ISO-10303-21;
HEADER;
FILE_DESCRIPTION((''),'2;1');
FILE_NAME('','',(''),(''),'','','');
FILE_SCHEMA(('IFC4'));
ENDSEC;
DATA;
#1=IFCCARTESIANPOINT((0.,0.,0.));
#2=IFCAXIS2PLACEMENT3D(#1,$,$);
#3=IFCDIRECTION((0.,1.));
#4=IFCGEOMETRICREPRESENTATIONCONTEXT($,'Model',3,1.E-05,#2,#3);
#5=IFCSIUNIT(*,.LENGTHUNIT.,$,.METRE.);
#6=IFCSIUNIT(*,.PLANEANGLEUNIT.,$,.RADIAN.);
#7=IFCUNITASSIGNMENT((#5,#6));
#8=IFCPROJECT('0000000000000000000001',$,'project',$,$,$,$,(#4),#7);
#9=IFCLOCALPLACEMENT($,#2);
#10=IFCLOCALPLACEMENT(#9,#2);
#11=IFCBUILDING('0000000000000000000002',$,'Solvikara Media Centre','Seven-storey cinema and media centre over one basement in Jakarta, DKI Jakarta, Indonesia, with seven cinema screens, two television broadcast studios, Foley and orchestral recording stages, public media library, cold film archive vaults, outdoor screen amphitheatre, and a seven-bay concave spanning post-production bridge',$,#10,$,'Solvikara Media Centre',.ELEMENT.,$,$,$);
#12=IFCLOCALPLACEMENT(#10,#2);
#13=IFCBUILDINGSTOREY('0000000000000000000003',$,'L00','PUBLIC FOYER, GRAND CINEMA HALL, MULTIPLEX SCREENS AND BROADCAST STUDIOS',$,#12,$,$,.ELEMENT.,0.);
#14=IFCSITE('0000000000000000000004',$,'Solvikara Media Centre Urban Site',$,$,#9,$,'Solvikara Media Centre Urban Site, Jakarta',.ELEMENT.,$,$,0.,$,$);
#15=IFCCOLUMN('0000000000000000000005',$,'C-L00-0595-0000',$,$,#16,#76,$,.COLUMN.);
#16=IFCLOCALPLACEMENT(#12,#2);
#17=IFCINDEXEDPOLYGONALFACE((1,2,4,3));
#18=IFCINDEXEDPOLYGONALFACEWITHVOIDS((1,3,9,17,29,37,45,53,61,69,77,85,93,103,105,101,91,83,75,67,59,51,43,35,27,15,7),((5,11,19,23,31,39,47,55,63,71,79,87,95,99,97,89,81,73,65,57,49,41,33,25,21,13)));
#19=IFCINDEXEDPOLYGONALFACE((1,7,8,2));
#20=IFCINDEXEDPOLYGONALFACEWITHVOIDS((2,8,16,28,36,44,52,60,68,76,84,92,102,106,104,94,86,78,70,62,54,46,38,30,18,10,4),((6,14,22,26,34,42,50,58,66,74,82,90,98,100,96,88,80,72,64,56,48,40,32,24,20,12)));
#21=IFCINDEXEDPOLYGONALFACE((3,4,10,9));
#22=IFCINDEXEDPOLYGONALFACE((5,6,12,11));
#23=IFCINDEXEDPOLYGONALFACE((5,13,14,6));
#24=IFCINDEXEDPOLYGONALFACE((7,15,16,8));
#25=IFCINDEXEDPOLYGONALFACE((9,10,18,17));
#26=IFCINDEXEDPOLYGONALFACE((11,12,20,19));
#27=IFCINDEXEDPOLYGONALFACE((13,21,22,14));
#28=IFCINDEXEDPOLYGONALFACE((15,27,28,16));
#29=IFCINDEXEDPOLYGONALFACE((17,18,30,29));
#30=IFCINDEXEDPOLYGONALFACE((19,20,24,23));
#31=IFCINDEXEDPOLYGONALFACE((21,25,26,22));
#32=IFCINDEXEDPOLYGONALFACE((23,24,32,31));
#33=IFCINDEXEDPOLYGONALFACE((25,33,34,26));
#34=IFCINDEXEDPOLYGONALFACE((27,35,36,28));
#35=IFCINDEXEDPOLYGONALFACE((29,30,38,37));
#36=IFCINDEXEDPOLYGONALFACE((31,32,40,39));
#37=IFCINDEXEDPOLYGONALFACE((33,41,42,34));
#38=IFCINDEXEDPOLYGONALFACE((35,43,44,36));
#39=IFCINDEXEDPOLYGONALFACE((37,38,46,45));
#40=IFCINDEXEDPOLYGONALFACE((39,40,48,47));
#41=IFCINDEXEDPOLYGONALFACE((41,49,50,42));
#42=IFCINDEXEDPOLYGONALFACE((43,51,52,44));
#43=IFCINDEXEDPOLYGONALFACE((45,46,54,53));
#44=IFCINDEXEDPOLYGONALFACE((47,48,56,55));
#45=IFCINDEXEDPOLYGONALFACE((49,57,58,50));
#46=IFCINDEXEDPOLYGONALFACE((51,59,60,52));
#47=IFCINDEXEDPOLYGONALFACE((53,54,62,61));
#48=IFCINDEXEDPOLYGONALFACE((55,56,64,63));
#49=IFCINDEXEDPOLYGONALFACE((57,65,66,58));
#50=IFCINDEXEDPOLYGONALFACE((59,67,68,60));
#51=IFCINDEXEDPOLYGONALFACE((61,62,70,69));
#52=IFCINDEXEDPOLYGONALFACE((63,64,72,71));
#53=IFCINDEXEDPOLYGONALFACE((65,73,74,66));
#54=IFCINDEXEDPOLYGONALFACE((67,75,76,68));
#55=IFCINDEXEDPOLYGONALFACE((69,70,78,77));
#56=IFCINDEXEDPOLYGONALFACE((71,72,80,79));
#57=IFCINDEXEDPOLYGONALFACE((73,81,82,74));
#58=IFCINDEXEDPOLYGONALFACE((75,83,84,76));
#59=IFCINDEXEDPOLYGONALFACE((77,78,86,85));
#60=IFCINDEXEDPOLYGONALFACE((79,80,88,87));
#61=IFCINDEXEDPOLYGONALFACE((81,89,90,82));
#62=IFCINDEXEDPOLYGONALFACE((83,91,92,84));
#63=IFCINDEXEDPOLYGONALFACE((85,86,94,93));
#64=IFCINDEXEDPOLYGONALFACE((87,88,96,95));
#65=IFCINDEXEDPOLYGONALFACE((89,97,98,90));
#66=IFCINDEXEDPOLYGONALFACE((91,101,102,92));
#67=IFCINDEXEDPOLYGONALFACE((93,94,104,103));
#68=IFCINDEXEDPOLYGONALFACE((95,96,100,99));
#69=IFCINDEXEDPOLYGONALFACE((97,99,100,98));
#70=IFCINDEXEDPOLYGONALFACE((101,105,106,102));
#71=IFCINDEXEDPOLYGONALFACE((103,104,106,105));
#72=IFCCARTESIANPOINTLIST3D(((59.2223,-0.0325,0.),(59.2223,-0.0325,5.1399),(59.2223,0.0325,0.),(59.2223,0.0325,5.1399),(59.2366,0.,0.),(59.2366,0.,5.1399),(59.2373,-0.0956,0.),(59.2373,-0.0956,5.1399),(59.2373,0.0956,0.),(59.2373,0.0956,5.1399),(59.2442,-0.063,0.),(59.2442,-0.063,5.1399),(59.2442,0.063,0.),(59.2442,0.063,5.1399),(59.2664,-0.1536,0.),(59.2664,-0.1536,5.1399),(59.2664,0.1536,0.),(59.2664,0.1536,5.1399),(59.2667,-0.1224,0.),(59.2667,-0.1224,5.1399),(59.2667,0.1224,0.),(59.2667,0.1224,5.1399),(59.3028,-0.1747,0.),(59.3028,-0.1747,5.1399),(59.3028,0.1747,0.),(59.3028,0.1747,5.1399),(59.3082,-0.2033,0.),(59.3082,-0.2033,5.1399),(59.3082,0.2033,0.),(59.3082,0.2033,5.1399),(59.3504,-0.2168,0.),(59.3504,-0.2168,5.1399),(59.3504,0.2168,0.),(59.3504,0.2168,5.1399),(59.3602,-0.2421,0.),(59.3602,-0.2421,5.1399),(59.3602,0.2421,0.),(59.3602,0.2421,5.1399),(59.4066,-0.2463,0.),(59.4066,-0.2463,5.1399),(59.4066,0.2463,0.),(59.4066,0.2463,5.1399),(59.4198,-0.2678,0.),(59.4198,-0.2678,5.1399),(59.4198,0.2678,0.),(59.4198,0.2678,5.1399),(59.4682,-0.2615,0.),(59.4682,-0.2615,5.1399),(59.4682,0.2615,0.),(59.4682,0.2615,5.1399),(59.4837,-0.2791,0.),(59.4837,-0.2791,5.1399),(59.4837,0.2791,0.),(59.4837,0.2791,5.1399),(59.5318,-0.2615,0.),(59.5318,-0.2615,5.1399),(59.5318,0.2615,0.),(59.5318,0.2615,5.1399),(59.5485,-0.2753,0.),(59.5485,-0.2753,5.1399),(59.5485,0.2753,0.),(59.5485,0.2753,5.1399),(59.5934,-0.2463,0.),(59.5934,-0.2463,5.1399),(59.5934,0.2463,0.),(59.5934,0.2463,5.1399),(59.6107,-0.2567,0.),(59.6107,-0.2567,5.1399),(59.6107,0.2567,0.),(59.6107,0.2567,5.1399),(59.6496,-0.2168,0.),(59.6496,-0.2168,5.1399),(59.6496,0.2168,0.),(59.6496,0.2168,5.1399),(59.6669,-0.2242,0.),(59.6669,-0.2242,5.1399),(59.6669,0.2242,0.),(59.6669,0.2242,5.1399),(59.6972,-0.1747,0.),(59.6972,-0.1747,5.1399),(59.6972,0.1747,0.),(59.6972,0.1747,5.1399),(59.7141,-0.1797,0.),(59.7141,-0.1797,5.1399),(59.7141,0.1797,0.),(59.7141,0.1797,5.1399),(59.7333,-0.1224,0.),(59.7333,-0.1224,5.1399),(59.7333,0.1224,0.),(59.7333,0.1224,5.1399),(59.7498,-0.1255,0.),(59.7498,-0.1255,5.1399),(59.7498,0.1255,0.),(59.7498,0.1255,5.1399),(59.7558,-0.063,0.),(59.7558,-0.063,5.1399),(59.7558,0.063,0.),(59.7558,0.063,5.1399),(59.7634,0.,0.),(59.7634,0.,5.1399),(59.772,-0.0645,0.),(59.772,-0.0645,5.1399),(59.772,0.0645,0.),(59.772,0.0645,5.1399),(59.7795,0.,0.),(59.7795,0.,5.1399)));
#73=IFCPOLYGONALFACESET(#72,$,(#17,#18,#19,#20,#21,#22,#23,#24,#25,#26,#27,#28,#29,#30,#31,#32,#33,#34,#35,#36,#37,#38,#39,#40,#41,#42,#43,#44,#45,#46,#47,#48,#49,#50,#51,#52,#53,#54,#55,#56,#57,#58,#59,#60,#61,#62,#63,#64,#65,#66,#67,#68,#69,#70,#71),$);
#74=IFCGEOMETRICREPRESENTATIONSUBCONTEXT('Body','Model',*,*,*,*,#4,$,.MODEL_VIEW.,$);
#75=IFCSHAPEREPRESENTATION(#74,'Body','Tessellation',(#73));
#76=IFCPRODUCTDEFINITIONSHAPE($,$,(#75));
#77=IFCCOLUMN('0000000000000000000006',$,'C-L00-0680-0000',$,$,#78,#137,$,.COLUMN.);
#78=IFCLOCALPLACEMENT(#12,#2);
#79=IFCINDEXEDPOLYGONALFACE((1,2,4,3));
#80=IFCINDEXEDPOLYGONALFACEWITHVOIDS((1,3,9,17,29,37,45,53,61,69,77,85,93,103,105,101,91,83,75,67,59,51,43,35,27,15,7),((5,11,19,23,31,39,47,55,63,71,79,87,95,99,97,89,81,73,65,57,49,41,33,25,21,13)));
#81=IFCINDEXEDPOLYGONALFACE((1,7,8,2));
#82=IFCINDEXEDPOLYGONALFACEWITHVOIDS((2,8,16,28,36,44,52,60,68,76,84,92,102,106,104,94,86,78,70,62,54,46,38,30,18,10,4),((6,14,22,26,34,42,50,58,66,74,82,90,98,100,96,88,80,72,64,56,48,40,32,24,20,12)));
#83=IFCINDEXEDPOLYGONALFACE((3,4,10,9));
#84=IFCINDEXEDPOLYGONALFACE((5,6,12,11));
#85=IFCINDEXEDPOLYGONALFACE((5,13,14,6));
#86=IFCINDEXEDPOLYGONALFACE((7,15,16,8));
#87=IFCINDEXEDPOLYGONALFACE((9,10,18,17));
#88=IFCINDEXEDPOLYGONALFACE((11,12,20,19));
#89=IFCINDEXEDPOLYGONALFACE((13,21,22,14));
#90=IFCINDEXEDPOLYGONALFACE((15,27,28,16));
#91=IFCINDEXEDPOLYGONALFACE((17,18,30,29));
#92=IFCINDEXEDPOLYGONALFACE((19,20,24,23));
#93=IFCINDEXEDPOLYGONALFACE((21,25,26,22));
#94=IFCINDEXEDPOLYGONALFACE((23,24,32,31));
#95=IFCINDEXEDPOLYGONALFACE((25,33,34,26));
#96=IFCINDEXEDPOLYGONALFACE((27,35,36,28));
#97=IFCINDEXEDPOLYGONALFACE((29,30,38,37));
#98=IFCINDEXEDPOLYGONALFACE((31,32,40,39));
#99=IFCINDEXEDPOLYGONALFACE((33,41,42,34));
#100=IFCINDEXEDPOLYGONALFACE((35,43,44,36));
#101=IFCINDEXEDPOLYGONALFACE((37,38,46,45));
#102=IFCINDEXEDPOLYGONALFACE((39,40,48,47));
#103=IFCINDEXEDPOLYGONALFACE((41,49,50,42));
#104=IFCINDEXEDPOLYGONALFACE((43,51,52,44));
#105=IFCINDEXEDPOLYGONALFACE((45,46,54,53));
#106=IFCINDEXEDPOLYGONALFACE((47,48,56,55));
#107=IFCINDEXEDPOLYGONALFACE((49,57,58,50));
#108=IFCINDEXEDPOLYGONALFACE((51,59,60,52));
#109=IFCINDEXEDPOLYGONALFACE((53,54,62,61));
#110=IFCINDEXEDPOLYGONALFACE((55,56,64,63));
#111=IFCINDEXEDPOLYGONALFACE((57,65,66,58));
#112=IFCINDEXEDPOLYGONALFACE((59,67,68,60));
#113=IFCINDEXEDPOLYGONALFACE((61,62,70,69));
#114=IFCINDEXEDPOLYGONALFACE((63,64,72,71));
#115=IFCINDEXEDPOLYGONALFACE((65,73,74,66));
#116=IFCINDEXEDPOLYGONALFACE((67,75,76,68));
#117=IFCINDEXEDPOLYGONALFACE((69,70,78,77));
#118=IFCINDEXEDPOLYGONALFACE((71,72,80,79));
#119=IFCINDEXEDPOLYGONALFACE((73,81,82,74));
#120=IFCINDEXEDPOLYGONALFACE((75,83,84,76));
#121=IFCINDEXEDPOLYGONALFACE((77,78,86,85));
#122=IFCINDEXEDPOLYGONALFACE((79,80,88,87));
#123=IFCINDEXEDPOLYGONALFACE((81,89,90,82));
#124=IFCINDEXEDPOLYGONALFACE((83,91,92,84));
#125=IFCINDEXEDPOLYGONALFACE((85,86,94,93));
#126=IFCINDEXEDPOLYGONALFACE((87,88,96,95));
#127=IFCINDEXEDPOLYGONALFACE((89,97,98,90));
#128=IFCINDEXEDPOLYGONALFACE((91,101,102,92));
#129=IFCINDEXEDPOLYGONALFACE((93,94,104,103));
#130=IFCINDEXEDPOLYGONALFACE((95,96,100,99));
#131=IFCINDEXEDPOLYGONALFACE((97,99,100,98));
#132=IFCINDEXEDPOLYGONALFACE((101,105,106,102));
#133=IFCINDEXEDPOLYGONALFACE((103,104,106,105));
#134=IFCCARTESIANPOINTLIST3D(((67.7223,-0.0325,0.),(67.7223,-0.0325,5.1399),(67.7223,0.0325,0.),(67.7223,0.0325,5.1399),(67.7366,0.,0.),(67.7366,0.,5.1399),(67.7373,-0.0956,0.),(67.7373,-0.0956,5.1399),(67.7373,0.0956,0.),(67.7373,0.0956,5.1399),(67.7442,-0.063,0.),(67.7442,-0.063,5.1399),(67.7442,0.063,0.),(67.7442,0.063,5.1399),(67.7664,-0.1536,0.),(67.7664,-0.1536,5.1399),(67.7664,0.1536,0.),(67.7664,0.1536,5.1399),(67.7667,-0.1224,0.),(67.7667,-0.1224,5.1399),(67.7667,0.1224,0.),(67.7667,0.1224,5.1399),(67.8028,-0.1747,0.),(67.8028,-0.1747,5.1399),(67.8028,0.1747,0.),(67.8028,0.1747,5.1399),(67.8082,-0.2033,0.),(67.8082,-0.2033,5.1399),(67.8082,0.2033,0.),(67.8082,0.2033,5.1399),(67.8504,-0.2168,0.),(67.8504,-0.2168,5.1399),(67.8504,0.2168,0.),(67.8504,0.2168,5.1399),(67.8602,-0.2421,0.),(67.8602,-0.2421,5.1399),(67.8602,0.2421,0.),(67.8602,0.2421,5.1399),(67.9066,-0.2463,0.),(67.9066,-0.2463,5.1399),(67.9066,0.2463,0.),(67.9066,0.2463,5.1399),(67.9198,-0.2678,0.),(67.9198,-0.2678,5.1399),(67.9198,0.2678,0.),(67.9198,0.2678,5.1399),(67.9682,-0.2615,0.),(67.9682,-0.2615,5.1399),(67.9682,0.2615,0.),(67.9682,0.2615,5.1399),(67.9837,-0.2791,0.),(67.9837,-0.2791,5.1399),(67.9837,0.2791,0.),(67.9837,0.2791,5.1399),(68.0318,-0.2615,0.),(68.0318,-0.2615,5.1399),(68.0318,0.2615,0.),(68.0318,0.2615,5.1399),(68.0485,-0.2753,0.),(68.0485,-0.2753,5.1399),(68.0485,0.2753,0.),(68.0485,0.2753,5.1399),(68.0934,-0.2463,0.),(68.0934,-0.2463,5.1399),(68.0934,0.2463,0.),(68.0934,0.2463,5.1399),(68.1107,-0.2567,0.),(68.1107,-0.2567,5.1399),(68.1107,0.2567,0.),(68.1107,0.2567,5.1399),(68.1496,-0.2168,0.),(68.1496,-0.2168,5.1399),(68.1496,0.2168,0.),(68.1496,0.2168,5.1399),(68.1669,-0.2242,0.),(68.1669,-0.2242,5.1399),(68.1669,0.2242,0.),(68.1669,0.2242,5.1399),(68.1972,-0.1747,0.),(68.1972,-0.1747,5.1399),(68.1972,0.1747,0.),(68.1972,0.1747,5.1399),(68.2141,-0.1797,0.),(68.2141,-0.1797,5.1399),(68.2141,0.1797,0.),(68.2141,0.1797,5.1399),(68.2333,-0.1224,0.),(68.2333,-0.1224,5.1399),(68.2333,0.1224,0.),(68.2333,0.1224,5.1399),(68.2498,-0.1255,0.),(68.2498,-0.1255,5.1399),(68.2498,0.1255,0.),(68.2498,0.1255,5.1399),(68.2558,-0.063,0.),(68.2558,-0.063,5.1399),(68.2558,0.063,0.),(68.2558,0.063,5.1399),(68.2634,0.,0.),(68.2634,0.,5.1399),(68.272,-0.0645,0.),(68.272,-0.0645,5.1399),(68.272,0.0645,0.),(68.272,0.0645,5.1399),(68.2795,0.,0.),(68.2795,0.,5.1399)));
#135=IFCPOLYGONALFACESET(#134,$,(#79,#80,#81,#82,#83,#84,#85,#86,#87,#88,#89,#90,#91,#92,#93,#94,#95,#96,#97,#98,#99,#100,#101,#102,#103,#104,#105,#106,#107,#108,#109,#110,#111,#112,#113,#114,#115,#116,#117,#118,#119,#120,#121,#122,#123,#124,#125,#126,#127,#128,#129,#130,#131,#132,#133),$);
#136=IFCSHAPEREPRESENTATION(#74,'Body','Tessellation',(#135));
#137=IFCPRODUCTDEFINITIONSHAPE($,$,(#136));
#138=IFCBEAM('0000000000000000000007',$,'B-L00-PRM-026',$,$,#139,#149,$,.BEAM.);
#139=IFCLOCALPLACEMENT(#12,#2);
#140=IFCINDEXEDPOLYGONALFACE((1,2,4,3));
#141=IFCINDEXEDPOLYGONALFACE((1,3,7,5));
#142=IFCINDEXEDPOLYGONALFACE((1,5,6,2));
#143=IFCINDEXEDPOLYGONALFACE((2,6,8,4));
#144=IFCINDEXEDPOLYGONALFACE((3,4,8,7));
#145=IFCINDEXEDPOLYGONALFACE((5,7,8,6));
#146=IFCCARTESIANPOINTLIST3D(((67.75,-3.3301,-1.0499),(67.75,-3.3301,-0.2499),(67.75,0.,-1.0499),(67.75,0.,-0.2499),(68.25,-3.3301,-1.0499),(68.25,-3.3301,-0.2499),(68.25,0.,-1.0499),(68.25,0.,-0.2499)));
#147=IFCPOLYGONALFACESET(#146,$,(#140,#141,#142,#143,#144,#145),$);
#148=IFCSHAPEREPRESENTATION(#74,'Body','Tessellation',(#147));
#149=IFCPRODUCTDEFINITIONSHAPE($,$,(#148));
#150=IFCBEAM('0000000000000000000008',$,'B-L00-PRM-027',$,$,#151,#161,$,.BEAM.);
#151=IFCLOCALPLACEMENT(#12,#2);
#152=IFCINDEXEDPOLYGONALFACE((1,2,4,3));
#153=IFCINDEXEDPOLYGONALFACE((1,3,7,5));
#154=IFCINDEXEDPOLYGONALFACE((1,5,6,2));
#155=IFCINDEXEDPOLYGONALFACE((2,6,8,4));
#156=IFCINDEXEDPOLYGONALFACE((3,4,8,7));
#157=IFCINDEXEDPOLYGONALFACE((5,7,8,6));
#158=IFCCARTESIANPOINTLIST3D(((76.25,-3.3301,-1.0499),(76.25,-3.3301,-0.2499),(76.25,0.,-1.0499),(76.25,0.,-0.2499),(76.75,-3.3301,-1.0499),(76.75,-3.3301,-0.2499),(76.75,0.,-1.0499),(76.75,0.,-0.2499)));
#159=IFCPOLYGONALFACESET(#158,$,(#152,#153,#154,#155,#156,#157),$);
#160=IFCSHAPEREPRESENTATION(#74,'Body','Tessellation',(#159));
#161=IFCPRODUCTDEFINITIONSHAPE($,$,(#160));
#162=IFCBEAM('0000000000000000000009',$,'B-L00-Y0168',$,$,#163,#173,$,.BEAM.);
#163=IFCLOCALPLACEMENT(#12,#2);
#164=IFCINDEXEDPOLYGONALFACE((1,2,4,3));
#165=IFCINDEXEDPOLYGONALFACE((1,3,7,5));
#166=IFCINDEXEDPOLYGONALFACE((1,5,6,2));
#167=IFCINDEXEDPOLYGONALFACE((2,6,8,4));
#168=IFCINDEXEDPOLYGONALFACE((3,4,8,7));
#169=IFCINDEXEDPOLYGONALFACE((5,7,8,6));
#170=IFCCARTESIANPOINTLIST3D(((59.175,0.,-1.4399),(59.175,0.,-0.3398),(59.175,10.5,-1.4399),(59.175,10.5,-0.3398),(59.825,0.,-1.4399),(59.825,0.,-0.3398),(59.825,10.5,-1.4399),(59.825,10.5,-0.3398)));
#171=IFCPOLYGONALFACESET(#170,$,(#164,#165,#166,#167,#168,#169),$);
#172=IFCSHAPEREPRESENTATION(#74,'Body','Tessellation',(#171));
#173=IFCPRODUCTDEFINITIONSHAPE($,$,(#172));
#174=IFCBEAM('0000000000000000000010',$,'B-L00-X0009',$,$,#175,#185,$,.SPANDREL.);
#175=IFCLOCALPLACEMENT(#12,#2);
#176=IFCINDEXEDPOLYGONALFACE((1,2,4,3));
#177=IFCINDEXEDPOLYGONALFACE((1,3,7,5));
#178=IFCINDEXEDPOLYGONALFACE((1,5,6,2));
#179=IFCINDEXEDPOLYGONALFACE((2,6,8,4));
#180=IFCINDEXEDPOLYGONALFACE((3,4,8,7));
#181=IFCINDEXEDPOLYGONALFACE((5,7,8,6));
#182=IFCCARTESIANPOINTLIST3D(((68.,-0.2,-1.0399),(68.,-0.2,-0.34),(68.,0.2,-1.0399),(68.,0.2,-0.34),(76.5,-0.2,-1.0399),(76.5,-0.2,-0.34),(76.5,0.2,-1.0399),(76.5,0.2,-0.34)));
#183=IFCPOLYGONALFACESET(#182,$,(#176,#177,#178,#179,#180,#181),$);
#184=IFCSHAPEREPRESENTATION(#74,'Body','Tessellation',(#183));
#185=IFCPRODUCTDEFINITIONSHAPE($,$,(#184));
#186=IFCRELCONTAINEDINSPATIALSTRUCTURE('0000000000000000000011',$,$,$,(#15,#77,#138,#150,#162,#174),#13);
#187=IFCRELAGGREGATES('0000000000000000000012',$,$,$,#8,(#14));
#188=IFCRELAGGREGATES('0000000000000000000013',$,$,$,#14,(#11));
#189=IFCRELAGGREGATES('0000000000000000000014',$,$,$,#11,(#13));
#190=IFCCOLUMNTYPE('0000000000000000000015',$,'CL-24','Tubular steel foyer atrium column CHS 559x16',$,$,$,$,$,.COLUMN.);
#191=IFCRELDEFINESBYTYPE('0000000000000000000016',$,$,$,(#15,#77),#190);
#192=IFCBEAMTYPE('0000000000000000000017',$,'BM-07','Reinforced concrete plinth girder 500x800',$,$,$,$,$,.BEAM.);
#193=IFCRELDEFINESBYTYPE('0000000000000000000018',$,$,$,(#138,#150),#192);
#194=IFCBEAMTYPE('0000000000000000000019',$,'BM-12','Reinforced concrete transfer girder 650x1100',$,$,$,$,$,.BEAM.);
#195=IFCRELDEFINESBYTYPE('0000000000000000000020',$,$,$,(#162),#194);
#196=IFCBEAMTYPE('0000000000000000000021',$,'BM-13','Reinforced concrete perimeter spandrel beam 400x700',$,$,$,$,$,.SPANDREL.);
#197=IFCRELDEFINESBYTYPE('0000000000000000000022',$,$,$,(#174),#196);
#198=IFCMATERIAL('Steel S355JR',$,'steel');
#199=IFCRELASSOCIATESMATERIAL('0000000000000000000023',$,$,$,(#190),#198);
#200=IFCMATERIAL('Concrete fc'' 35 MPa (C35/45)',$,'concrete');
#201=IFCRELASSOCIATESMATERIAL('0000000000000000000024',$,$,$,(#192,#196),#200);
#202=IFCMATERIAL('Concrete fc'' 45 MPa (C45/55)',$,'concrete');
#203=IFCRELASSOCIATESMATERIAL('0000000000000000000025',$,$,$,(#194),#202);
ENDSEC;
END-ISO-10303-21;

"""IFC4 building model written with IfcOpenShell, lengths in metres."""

from ifc_helpers import new_model, si_unit, direction, frame, origin, origin_2d, place, context, subcontext, project, spatial, rectangle, hollow_circle, extrude, material, material_profile, profile_set, type_object, element, save


model = new_model("IFC4")

# Units and contexts
model_context = context("Model", 3, precision=1e-05, world=origin(), true_north=direction((0.0, 1.0)))
body_context = subcontext(model_context, "Body", "Model", "MODEL_VIEW")
ifc_project = project(units=[si_unit("LENGTHUNIT", "METRE"), si_unit("PLANEANGLEUNIT", "RADIAN")], contexts=[model_context])

# Site, building, storey
site_placement = place(None, origin())
site = spatial("IfcSite", under=ifc_project, at=site_placement, Name="Solvikara Media Centre Urban Site", LongName="Solvikara Media Centre Urban Site, Jakarta", CompositionType="ELEMENT", RefElevation=0.0)
building_placement = place(site_placement, origin())
building = spatial("IfcBuilding", under=site, at=building_placement, Name="Solvikara Media Centre", Description="Seven-storey cinema and media centre over one basement in Jakarta, DKI Jakarta, Indonesia, with seven cinema screens, two television broadcast studios, Foley and orchestral recording stages, public media library, cold film archive vaults, outdoor screen amphitheatre, and a seven-bay concave spanning post-production bridge", LongName="Solvikara Media Centre", CompositionType="ELEMENT")
storey_placement = place(building_placement, origin())
storey = spatial("IfcBuildingStorey", under=building, at=storey_placement, Name="L00", Description="PUBLIC FOYER, GRAND CINEMA HALL, MULTIPLEX SCREENS AND BROADCAST STUDIOS", CompositionType="ELEMENT", Elevation=0.0)

# Columns
ifc_material_1 = material(Name="Steel S355JR", Category="steel")
ifc_material_profile_1 = material_profile(ifc_material_1, hollow_circle(Radius=0.2795, WallThickness=0.0161, at=origin_2d()), Name="CHS 559x16")
ifc_profile_set_1 = profile_set([ifc_material_profile_1], Name="Steel S355JR")
column_type = type_object("IfcColumnType", Name="CL-24", Description="Tubular steel foyer atrium column CHS 559x16", PredefinedType="COLUMN", material=ifc_profile_set_1)
for number, where, z_axis, x_axis, name in (
    (1, (59.5, 0.0, 0.0), (0.0, 0.0, 1.0), (1.0, 0.0, 0.0), "C-L00-0595-0000"),
    (2, (68.0, 0.0, 0.0), (0.0, 0.0, 1.0), (1.0, 0.0, 0.0), "C-L00-0680-0000"),
):
    element("IfcColumn", number, at=place(storey_placement, frame(where, z_axis=z_axis, x_axis=x_axis)), inside=storey, type_object=column_type, Name=name, PredefinedType="COLUMN", context=body_context, shape_type="SweptSolid", body=[
        extrude(hollow_circle(Radius=0.2795, WallThickness=0.0161, at=origin_2d()), origin(), (0.0, 0.0, 1.0), 5.1399),
    ])

# Beams
ifc_material_2 = material(Name="Concrete fc' 35 MPa (C35/45)", Category="concrete")
ifc_material_profile_2 = material_profile(ifc_material_2, rectangle(XDim=0.5, YDim=0.8, at=origin_2d()), Name="RC 500x800")
ifc_profile_set_2 = profile_set([ifc_material_profile_2], Name="Concrete fc' 35 MPa (C35/45)")
beam_type_1 = type_object("IfcBeamType", Name="BM-07", Description="Reinforced concrete plinth girder 500x800", PredefinedType="BEAM", material=ifc_profile_set_2)
for number, where, z_axis, x_axis, name in (
    (3, (68.0, -3.3301, -0.6499), (0.0, 1.0, 0.0), (-1.0, 0.0, 0.0), "B-L00-PRM-026"),
    (4, (76.5, -3.3301, -0.6499), (0.0, 1.0, 0.0), (-1.0, 0.0, 0.0), "B-L00-PRM-027"),
):
    element("IfcBeam", number, at=place(storey_placement, frame(where, z_axis=z_axis, x_axis=x_axis)), inside=storey, type_object=beam_type_1, Name=name, PredefinedType="BEAM", context=body_context, shape_type="SweptSolid", body=[
        extrude(rectangle(XDim=0.5, YDim=0.8, at=origin_2d()), origin(), (0.0, 0.0, 1.0), 3.3301),
    ])
ifc_material_3 = material(Name="Concrete fc' 45 MPa (C45/55)", Category="concrete")
ifc_material_profile_3 = material_profile(ifc_material_3, rectangle(XDim=0.6499, YDim=1.1001, at=origin_2d()), Name="RC 650x1100")
ifc_profile_set_3 = profile_set([ifc_material_profile_3], Name="Concrete fc' 45 MPa (C45/55)")
beam_type_2 = type_object("IfcBeamType", Name="BM-12", Description="Reinforced concrete transfer girder 650x1100", PredefinedType="BEAM", material=ifc_profile_set_3)
beam_1_placement = place(storey_placement, frame((59.5, 0.0, -0.8899), z_axis=(0.0, 1.0, 0.0), x_axis=(-1.0, 0.0, 0.0)))
element("IfcBeam", 5, at=beam_1_placement, inside=storey, type_object=beam_type_2, Name="B-L00-Y0168", PredefinedType="BEAM", context=body_context, shape_type="SweptSolid", body=[
    extrude(rectangle(XDim=0.6499, YDim=1.1001, at=origin_2d()), origin(), (0.0, 0.0, 1.0), 10.5),
])
ifc_material_profile_4 = material_profile(ifc_material_2, rectangle(XDim=0.3999, YDim=0.7, at=origin_2d()), Name="RC 400x700")
ifc_profile_set_4 = profile_set([ifc_material_profile_4], Name="Concrete fc' 35 MPa (C35/45)")
beam_type_3 = type_object("IfcBeamType", Name="BM-13", Description="Reinforced concrete perimeter spandrel beam 400x700", PredefinedType="SPANDREL", material=ifc_profile_set_4)
beam_2_placement = place(storey_placement, frame((68.0, 0.0, -0.6899), z_axis=(1.0, 0.0, 0.0), x_axis=(0.0, 1.0, 0.0)))
element("IfcBeam", 6, at=beam_2_placement, inside=storey, type_object=beam_type_3, Name="B-L00-X0009", PredefinedType="SPANDREL", context=body_context, shape_type="SweptSolid", body=[
    extrude(rectangle(XDim=0.3999, YDim=0.7, at=origin_2d()), origin(), (0.0, 0.0, 1.0), 8.5),
])

save(model, "model.ifc")
